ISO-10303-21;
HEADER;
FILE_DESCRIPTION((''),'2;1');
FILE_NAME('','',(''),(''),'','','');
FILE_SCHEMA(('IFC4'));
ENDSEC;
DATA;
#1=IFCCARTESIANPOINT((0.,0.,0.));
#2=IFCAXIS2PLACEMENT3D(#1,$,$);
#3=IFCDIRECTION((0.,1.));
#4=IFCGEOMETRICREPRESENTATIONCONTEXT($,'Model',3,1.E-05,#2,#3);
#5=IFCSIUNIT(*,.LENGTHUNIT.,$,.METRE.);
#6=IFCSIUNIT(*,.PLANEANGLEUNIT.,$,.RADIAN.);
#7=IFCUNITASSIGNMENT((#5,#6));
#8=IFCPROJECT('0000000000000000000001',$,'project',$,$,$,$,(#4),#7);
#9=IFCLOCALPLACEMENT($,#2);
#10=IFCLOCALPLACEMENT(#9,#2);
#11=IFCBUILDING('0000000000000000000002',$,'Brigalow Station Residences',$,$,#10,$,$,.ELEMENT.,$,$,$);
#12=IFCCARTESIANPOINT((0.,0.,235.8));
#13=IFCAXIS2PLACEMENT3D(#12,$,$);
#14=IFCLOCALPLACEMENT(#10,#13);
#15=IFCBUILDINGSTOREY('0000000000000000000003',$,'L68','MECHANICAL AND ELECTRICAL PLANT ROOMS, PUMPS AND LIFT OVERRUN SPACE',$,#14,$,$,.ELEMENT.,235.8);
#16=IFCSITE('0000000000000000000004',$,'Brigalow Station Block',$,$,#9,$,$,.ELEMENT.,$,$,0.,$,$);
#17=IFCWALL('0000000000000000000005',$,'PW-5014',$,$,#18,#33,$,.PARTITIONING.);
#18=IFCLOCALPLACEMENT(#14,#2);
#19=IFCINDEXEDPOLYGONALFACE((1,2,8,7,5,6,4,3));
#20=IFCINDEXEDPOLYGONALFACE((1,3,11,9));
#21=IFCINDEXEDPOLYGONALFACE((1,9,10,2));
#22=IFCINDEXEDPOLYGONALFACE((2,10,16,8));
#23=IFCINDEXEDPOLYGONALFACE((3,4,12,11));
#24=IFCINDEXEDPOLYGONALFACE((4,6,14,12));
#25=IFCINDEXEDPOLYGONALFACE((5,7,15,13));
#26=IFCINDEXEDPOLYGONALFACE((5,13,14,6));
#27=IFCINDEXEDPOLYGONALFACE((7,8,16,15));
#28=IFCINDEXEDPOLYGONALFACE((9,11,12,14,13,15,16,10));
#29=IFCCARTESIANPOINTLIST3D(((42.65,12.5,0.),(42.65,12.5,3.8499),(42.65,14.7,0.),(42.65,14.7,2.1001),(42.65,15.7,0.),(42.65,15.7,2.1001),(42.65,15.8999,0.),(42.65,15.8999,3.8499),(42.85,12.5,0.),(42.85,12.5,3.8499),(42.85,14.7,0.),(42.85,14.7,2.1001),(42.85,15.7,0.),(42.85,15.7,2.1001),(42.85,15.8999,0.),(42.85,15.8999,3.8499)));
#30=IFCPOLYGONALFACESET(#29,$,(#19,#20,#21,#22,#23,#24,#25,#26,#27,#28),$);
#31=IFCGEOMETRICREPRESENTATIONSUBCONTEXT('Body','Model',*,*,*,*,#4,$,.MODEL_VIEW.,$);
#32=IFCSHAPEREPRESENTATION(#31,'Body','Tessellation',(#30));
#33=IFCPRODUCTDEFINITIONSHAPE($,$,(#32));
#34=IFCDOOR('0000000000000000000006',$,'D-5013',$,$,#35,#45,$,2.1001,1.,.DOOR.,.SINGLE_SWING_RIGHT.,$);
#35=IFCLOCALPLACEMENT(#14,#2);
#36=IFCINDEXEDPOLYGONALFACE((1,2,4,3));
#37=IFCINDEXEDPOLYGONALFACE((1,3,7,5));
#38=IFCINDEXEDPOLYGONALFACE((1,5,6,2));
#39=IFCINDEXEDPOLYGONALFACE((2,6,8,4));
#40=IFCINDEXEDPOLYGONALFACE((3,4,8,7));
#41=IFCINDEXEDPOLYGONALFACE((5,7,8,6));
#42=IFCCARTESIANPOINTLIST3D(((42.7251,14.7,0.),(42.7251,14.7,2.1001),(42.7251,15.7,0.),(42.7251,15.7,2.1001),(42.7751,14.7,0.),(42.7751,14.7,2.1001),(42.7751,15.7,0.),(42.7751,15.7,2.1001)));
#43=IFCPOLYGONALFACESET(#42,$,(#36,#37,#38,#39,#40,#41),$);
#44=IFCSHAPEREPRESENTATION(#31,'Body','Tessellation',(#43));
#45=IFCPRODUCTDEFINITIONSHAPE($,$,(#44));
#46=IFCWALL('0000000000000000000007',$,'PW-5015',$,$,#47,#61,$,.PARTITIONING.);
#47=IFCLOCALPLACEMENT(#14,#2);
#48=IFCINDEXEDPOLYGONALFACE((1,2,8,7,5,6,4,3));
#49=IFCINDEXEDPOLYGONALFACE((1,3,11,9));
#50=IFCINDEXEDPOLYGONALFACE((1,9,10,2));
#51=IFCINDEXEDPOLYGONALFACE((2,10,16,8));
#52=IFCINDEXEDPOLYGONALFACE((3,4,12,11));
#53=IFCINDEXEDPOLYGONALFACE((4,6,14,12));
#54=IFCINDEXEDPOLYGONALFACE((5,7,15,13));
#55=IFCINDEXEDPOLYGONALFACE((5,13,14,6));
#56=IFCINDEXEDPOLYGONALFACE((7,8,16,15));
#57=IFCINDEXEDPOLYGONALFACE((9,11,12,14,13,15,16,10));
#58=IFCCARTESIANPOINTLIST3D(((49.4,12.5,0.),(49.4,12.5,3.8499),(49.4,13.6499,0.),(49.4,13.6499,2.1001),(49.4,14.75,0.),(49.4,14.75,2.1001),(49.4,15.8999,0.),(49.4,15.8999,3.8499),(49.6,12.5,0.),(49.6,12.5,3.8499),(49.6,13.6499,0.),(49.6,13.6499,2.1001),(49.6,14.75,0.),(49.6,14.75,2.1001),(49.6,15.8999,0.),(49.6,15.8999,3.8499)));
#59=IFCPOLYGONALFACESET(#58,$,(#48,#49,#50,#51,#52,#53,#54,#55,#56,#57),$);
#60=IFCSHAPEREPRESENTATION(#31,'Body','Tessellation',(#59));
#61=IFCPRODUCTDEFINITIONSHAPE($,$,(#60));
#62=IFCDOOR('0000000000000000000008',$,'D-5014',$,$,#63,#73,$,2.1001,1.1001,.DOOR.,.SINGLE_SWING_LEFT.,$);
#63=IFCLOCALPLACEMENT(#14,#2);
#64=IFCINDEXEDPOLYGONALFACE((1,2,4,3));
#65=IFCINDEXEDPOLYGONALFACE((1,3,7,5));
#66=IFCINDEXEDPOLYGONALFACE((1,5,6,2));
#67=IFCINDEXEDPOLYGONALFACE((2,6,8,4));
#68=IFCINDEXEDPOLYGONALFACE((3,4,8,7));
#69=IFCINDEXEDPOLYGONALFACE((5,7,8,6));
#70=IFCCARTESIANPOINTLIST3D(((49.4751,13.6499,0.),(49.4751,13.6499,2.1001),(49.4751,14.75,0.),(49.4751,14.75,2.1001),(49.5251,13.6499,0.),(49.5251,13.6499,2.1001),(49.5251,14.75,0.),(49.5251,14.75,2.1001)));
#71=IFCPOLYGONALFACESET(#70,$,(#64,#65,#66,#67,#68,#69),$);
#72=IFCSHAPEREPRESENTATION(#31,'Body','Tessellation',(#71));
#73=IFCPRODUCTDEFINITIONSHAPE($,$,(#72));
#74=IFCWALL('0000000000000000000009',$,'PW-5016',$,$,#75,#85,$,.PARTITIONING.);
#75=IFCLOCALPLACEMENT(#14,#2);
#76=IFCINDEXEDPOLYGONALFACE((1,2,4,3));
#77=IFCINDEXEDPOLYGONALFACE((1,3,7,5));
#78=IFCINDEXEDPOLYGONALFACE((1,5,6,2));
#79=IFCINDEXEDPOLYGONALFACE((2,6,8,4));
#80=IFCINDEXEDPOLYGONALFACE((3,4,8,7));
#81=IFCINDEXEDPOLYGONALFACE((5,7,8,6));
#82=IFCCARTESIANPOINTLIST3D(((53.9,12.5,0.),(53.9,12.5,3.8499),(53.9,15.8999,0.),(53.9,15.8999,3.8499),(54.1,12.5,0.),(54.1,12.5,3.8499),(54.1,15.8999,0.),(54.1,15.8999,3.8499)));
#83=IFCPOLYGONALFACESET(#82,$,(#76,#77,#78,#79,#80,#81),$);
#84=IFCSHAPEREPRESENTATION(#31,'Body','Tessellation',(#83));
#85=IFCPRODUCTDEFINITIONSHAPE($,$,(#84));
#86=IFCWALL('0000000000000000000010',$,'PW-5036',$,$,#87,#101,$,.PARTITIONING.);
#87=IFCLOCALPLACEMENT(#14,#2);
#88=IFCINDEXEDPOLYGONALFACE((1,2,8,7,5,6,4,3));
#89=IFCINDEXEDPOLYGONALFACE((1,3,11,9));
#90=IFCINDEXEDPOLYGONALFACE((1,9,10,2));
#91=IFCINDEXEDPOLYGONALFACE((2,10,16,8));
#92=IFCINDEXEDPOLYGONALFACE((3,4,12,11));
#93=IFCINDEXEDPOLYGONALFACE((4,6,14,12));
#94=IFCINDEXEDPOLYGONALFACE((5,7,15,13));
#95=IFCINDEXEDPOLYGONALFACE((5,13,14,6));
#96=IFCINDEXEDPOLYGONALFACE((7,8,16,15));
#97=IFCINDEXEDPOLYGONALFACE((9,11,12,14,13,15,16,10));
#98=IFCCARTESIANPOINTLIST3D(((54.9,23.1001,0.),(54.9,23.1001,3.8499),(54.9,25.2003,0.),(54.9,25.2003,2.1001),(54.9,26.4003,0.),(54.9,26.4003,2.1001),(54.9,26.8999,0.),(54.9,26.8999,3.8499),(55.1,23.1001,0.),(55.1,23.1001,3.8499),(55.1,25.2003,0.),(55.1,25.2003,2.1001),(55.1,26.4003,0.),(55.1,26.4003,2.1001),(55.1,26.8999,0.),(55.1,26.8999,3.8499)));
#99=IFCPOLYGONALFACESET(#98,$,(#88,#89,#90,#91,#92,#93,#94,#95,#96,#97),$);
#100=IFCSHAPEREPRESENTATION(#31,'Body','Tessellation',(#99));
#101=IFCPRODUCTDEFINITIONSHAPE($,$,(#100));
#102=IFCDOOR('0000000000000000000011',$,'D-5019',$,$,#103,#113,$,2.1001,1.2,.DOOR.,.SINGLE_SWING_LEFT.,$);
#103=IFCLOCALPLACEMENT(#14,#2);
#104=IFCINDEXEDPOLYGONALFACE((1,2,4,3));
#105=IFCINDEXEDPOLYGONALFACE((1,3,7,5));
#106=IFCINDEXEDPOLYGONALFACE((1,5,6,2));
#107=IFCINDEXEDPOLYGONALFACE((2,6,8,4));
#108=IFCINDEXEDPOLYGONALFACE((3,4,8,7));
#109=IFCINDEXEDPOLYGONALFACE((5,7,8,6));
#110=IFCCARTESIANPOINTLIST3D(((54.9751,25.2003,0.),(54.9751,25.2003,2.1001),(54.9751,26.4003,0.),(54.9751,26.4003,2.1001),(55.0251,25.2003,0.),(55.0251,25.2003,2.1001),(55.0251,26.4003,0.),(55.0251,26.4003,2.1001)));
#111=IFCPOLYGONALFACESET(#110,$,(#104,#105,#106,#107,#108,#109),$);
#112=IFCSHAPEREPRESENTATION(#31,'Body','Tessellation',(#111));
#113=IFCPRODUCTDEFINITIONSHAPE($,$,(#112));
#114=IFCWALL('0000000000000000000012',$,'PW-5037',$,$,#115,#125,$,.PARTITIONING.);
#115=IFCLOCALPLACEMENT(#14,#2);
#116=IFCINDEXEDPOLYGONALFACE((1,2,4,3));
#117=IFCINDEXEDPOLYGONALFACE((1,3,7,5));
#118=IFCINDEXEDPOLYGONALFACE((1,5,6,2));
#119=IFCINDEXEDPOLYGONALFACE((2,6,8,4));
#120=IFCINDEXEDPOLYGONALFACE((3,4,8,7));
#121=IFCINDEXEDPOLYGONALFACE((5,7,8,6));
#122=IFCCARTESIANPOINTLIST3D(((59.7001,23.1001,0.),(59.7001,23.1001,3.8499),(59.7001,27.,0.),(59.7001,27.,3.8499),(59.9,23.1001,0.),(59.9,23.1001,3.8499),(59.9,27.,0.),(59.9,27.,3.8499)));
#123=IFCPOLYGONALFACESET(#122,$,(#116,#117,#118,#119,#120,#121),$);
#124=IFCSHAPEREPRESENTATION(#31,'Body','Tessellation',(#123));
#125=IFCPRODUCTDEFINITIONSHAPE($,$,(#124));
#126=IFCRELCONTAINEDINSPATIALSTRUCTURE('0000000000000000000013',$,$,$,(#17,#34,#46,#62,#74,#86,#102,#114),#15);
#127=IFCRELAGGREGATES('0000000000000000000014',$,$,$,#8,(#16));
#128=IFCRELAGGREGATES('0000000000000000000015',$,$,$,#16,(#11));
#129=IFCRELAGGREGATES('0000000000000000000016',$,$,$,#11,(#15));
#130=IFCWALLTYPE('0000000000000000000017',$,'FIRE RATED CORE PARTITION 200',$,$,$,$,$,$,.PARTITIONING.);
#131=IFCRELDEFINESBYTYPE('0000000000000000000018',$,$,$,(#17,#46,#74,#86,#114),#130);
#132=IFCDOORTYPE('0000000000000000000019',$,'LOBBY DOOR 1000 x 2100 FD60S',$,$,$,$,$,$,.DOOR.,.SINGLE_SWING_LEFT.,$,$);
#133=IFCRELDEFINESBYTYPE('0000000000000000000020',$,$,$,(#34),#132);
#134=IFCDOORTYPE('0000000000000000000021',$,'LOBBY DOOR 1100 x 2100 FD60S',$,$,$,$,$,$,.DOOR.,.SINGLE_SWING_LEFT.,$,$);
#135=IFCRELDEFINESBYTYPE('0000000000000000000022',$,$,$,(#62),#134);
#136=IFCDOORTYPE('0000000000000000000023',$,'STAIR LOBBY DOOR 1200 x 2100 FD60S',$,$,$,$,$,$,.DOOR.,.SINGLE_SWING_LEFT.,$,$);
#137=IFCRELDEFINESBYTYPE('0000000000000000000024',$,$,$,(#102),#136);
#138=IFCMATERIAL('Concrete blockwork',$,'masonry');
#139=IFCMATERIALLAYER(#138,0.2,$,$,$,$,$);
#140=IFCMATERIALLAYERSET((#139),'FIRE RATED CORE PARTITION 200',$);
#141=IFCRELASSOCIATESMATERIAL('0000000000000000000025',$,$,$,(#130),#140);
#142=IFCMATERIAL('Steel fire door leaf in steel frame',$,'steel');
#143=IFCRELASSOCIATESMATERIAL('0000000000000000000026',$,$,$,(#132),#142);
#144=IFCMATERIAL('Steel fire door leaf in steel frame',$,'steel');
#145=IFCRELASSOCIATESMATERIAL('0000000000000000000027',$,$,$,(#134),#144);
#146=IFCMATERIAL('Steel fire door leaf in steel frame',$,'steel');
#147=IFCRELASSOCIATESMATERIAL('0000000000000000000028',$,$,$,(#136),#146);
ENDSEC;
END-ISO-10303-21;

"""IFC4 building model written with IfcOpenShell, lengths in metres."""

from ifc_helpers import new_model, si_unit, direction, frame, frame_2d, origin, place, context, subcontext, project, spatial, rectangle, extrude, material, layer, layer_set, type_object, element, fill, save


model = new_model("IFC4")

# Units and contexts
model_context = context("Model", 3, precision=1e-05, world=origin(), true_north=direction((0.0, 1.0)))
body_context = subcontext(model_context, "Body", "Model", "MODEL_VIEW")
ifc_project = project(units=[si_unit("LENGTHUNIT", "METRE"), si_unit("PLANEANGLEUNIT", "RADIAN")], contexts=[model_context])

# Site, building, storey
site_placement = place(None, origin())
site = spatial("IfcSite", under=ifc_project, at=site_placement, Name="Brigalow Station Block", CompositionType="ELEMENT", RefElevation=0.0)
building_placement = place(site_placement, origin())
building = spatial("IfcBuilding", under=site, at=building_placement, Name="Brigalow Station Residences", CompositionType="ELEMENT")
storey_placement = place(building_placement, frame((0.0, 0.0, 235.8)))
storey = spatial("IfcBuildingStorey", under=building, at=storey_placement, Name="L68", Description="MECHANICAL AND ELECTRICAL PLANT ROOMS, PUMPS AND LIFT OVERRUN SPACE", CompositionType="ELEMENT", Elevation=235.8)

# Shared definitions
ifc_material_1 = material(Name="Concrete blockwork", Category="masonry")
ifc_layer_1 = layer(ifc_material_1, 0.2)
ifc_layer_set_1 = layer_set([ifc_layer_1], Name="FIRE RATED CORE PARTITION 200")
wall_type_1 = type_object("IfcWallType", Name="FIRE RATED CORE PARTITION 200", PredefinedType="PARTITIONING", material=ifc_layer_set_1)

# Walls, openings, doors
wall_1_placement = place(storey_placement, frame((42.75, 12.5, 0.0), z_axis=(0.0, 0.0, 1.0), x_axis=(0.0, 1.0, 0.0)))
wall_1 = element("IfcWall", 1, at=wall_1_placement, inside=storey, type_object=wall_type_1, Name="PW-5014", PredefinedType="PARTITIONING", context=body_context, shape_type="SweptSolid", body=[
    extrude(rectangle(XDim=3.3999, YDim=0.2, at=frame_2d((1.7, 0.0))), origin(), (0.0, 0.0, 1.0), 3.8499),
])
opening_1_placement = place(wall_1_placement, frame((2.2, 0.0, 0.0)))
opening_1 = element("IfcOpeningElement", 2, at=opening_1_placement, cuts=wall_1, PredefinedType="OPENING", context=body_context, shape_type="SweptSolid", body=[
    extrude(rectangle(XDim=1.0, YDim=2.1001, at=frame_2d((0.5, 1.05))), frame((0.0, 0.1099, 0.0), z_axis=(0.0, -1.0, 0.0), x_axis=(1.0, 0.0, 0.0)), (0.0, 0.0, 1.0), 0.22),
])
ifc_material_2 = material(Name="Steel fire door leaf in steel frame", Category="steel")
door_type_1 = type_object("IfcDoorType", Name="LOBBY DOOR 1000 x 2100 FD60S", OperationType="SINGLE_SWING_LEFT", PredefinedType="DOOR", material=ifc_material_2)
door_1_placement = place(opening_1_placement, origin())
door_1 = element("IfcDoor", 3, at=door_1_placement, inside=storey, type_object=door_type_1, Name="D-5013", OperationType="SINGLE_SWING_RIGHT", OverallHeight=2.1001, OverallWidth=1.0, PredefinedType="DOOR", context=body_context, shape_type="SweptSolid", body=[
    extrude(rectangle(XDim=1.0, YDim=2.1001, at=frame_2d((0.5, 1.05))), frame((0.0, 0.0249, 0.0), z_axis=(0.0, -1.0, 0.0), x_axis=(1.0, 0.0, 0.0)), (0.0, 0.0, 1.0), 0.05),
])
fill(opening_1, door_1)
wall_2_placement = place(storey_placement, frame((49.5, 12.5, 0.0), z_axis=(0.0, 0.0, 1.0), x_axis=(0.0, 1.0, 0.0)))
wall_2 = element("IfcWall", 4, at=wall_2_placement, inside=storey, type_object=wall_type_1, Name="PW-5015", PredefinedType="PARTITIONING", context=body_context, shape_type="SweptSolid", body=[
    extrude(rectangle(XDim=3.3999, YDim=0.2, at=frame_2d((1.7, 0.0))), origin(), (0.0, 0.0, 1.0), 3.8499),
])
opening_2_placement = place(wall_2_placement, frame((1.1499, 0.0, 0.0)))
opening_2 = element("IfcOpeningElement", 5, at=opening_2_placement, cuts=wall_2, PredefinedType="OPENING", context=body_context, shape_type="SweptSolid", body=[
    extrude(rectangle(XDim=1.1001, YDim=2.1001, at=frame_2d((0.55, 1.05))), frame((0.0, 0.1099, 0.0), z_axis=(0.0, -1.0, 0.0), x_axis=(1.0, 0.0, 0.0)), (0.0, 0.0, 1.0), 0.22),
])
ifc_material_3 = material(Name="Steel fire door leaf in steel frame", Category="steel")
door_type_2 = type_object("IfcDoorType", Name="LOBBY DOOR 1100 x 2100 FD60S", OperationType="SINGLE_SWING_LEFT", PredefinedType="DOOR", material=ifc_material_3)
door_2_placement = place(opening_2_placement, origin())
door_2 = element("IfcDoor", 6, at=door_2_placement, inside=storey, type_object=door_type_2, Name="D-5014", OperationType="SINGLE_SWING_LEFT", OverallHeight=2.1001, OverallWidth=1.1001, PredefinedType="DOOR", context=body_context, shape_type="SweptSolid", body=[
    extrude(rectangle(XDim=1.1001, YDim=2.1001, at=frame_2d((0.55, 1.05))), frame((0.0, 0.0249, 0.0), z_axis=(0.0, -1.0, 0.0), x_axis=(1.0, 0.0, 0.0)), (0.0, 0.0, 1.0), 0.05),
])
fill(opening_2, door_2)

# Wall
wall_3_placement = place(storey_placement, frame((54.0, 12.5, 0.0), z_axis=(0.0, 0.0, 1.0), x_axis=(0.0, 1.0, 0.0)))
element("IfcWall", 7, at=wall_3_placement, inside=storey, type_object=wall_type_1, Name="PW-5016", PredefinedType="PARTITIONING", context=body_context, shape_type="SweptSolid", body=[
    extrude(rectangle(XDim=3.3999, YDim=0.2, at=frame_2d((1.7, 0.0))), origin(), (0.0, 0.0, 1.0), 3.8499),
])

# Wall, opening, door
wall_4_placement = place(storey_placement, frame((55.0, 23.1001, 0.0), z_axis=(0.0, 0.0, 1.0), x_axis=(0.0, 1.0, 0.0)))
wall_4 = element("IfcWall", 8, at=wall_4_placement, inside=storey, type_object=wall_type_1, Name="PW-5036", PredefinedType="PARTITIONING", context=body_context, shape_type="SweptSolid", body=[
    extrude(rectangle(XDim=3.7998, YDim=0.2, at=frame_2d((1.8999, 0.0))), origin(), (0.0, 0.0, 1.0), 3.8499),
])
opening_3_placement = place(wall_4_placement, frame((2.1001, 0.0, 0.0)))
opening_3 = element("IfcOpeningElement", 9, at=opening_3_placement, cuts=wall_4, PredefinedType="OPENING", context=body_context, shape_type="SweptSolid", body=[
    extrude(rectangle(XDim=1.2, YDim=2.1001, at=frame_2d((0.6001, 1.05))), frame((0.0, 0.1099, 0.0), z_axis=(0.0, -1.0, 0.0), x_axis=(1.0, 0.0, 0.0)), (0.0, 0.0, 1.0), 0.22),
])
ifc_material_4 = material(Name="Steel fire door leaf in steel frame", Category="steel")
door_type_3 = type_object("IfcDoorType", Name="STAIR LOBBY DOOR 1200 x 2100 FD60S", OperationType="SINGLE_SWING_LEFT", PredefinedType="DOOR", material=ifc_material_4)
door_3_placement = place(opening_3_placement, origin())
door_3 = element("IfcDoor", 10, at=door_3_placement, inside=storey, type_object=door_type_3, Name="D-5019", OperationType="SINGLE_SWING_LEFT", OverallHeight=2.1001, OverallWidth=1.2, PredefinedType="DOOR", context=body_context, shape_type="SweptSolid", body=[
    extrude(rectangle(XDim=1.2, YDim=2.1001, at=frame_2d((0.6001, 1.05))), frame((0.0, 0.0249, 0.0), z_axis=(0.0, -1.0, 0.0), x_axis=(1.0, 0.0, 0.0)), (0.0, 0.0, 1.0), 0.05),
])
fill(opening_3, door_3)

# Wall
wall_5_placement = place(storey_placement, frame((59.8, 23.1001, 0.0), z_axis=(0.0, 0.0, 1.0), x_axis=(0.0, 1.0, 0.0)))
element("IfcWall", 11, at=wall_5_placement, inside=storey, type_object=wall_type_1, Name="PW-5037", PredefinedType="PARTITIONING", context=body_context, shape_type="SweptSolid", body=[
    extrude(rectangle(XDim=3.8999, YDim=0.2, at=frame_2d((1.95, 0.0))), origin(), (0.0, 0.0, 1.0), 3.8499),
])

save(model, "model.ifc")
